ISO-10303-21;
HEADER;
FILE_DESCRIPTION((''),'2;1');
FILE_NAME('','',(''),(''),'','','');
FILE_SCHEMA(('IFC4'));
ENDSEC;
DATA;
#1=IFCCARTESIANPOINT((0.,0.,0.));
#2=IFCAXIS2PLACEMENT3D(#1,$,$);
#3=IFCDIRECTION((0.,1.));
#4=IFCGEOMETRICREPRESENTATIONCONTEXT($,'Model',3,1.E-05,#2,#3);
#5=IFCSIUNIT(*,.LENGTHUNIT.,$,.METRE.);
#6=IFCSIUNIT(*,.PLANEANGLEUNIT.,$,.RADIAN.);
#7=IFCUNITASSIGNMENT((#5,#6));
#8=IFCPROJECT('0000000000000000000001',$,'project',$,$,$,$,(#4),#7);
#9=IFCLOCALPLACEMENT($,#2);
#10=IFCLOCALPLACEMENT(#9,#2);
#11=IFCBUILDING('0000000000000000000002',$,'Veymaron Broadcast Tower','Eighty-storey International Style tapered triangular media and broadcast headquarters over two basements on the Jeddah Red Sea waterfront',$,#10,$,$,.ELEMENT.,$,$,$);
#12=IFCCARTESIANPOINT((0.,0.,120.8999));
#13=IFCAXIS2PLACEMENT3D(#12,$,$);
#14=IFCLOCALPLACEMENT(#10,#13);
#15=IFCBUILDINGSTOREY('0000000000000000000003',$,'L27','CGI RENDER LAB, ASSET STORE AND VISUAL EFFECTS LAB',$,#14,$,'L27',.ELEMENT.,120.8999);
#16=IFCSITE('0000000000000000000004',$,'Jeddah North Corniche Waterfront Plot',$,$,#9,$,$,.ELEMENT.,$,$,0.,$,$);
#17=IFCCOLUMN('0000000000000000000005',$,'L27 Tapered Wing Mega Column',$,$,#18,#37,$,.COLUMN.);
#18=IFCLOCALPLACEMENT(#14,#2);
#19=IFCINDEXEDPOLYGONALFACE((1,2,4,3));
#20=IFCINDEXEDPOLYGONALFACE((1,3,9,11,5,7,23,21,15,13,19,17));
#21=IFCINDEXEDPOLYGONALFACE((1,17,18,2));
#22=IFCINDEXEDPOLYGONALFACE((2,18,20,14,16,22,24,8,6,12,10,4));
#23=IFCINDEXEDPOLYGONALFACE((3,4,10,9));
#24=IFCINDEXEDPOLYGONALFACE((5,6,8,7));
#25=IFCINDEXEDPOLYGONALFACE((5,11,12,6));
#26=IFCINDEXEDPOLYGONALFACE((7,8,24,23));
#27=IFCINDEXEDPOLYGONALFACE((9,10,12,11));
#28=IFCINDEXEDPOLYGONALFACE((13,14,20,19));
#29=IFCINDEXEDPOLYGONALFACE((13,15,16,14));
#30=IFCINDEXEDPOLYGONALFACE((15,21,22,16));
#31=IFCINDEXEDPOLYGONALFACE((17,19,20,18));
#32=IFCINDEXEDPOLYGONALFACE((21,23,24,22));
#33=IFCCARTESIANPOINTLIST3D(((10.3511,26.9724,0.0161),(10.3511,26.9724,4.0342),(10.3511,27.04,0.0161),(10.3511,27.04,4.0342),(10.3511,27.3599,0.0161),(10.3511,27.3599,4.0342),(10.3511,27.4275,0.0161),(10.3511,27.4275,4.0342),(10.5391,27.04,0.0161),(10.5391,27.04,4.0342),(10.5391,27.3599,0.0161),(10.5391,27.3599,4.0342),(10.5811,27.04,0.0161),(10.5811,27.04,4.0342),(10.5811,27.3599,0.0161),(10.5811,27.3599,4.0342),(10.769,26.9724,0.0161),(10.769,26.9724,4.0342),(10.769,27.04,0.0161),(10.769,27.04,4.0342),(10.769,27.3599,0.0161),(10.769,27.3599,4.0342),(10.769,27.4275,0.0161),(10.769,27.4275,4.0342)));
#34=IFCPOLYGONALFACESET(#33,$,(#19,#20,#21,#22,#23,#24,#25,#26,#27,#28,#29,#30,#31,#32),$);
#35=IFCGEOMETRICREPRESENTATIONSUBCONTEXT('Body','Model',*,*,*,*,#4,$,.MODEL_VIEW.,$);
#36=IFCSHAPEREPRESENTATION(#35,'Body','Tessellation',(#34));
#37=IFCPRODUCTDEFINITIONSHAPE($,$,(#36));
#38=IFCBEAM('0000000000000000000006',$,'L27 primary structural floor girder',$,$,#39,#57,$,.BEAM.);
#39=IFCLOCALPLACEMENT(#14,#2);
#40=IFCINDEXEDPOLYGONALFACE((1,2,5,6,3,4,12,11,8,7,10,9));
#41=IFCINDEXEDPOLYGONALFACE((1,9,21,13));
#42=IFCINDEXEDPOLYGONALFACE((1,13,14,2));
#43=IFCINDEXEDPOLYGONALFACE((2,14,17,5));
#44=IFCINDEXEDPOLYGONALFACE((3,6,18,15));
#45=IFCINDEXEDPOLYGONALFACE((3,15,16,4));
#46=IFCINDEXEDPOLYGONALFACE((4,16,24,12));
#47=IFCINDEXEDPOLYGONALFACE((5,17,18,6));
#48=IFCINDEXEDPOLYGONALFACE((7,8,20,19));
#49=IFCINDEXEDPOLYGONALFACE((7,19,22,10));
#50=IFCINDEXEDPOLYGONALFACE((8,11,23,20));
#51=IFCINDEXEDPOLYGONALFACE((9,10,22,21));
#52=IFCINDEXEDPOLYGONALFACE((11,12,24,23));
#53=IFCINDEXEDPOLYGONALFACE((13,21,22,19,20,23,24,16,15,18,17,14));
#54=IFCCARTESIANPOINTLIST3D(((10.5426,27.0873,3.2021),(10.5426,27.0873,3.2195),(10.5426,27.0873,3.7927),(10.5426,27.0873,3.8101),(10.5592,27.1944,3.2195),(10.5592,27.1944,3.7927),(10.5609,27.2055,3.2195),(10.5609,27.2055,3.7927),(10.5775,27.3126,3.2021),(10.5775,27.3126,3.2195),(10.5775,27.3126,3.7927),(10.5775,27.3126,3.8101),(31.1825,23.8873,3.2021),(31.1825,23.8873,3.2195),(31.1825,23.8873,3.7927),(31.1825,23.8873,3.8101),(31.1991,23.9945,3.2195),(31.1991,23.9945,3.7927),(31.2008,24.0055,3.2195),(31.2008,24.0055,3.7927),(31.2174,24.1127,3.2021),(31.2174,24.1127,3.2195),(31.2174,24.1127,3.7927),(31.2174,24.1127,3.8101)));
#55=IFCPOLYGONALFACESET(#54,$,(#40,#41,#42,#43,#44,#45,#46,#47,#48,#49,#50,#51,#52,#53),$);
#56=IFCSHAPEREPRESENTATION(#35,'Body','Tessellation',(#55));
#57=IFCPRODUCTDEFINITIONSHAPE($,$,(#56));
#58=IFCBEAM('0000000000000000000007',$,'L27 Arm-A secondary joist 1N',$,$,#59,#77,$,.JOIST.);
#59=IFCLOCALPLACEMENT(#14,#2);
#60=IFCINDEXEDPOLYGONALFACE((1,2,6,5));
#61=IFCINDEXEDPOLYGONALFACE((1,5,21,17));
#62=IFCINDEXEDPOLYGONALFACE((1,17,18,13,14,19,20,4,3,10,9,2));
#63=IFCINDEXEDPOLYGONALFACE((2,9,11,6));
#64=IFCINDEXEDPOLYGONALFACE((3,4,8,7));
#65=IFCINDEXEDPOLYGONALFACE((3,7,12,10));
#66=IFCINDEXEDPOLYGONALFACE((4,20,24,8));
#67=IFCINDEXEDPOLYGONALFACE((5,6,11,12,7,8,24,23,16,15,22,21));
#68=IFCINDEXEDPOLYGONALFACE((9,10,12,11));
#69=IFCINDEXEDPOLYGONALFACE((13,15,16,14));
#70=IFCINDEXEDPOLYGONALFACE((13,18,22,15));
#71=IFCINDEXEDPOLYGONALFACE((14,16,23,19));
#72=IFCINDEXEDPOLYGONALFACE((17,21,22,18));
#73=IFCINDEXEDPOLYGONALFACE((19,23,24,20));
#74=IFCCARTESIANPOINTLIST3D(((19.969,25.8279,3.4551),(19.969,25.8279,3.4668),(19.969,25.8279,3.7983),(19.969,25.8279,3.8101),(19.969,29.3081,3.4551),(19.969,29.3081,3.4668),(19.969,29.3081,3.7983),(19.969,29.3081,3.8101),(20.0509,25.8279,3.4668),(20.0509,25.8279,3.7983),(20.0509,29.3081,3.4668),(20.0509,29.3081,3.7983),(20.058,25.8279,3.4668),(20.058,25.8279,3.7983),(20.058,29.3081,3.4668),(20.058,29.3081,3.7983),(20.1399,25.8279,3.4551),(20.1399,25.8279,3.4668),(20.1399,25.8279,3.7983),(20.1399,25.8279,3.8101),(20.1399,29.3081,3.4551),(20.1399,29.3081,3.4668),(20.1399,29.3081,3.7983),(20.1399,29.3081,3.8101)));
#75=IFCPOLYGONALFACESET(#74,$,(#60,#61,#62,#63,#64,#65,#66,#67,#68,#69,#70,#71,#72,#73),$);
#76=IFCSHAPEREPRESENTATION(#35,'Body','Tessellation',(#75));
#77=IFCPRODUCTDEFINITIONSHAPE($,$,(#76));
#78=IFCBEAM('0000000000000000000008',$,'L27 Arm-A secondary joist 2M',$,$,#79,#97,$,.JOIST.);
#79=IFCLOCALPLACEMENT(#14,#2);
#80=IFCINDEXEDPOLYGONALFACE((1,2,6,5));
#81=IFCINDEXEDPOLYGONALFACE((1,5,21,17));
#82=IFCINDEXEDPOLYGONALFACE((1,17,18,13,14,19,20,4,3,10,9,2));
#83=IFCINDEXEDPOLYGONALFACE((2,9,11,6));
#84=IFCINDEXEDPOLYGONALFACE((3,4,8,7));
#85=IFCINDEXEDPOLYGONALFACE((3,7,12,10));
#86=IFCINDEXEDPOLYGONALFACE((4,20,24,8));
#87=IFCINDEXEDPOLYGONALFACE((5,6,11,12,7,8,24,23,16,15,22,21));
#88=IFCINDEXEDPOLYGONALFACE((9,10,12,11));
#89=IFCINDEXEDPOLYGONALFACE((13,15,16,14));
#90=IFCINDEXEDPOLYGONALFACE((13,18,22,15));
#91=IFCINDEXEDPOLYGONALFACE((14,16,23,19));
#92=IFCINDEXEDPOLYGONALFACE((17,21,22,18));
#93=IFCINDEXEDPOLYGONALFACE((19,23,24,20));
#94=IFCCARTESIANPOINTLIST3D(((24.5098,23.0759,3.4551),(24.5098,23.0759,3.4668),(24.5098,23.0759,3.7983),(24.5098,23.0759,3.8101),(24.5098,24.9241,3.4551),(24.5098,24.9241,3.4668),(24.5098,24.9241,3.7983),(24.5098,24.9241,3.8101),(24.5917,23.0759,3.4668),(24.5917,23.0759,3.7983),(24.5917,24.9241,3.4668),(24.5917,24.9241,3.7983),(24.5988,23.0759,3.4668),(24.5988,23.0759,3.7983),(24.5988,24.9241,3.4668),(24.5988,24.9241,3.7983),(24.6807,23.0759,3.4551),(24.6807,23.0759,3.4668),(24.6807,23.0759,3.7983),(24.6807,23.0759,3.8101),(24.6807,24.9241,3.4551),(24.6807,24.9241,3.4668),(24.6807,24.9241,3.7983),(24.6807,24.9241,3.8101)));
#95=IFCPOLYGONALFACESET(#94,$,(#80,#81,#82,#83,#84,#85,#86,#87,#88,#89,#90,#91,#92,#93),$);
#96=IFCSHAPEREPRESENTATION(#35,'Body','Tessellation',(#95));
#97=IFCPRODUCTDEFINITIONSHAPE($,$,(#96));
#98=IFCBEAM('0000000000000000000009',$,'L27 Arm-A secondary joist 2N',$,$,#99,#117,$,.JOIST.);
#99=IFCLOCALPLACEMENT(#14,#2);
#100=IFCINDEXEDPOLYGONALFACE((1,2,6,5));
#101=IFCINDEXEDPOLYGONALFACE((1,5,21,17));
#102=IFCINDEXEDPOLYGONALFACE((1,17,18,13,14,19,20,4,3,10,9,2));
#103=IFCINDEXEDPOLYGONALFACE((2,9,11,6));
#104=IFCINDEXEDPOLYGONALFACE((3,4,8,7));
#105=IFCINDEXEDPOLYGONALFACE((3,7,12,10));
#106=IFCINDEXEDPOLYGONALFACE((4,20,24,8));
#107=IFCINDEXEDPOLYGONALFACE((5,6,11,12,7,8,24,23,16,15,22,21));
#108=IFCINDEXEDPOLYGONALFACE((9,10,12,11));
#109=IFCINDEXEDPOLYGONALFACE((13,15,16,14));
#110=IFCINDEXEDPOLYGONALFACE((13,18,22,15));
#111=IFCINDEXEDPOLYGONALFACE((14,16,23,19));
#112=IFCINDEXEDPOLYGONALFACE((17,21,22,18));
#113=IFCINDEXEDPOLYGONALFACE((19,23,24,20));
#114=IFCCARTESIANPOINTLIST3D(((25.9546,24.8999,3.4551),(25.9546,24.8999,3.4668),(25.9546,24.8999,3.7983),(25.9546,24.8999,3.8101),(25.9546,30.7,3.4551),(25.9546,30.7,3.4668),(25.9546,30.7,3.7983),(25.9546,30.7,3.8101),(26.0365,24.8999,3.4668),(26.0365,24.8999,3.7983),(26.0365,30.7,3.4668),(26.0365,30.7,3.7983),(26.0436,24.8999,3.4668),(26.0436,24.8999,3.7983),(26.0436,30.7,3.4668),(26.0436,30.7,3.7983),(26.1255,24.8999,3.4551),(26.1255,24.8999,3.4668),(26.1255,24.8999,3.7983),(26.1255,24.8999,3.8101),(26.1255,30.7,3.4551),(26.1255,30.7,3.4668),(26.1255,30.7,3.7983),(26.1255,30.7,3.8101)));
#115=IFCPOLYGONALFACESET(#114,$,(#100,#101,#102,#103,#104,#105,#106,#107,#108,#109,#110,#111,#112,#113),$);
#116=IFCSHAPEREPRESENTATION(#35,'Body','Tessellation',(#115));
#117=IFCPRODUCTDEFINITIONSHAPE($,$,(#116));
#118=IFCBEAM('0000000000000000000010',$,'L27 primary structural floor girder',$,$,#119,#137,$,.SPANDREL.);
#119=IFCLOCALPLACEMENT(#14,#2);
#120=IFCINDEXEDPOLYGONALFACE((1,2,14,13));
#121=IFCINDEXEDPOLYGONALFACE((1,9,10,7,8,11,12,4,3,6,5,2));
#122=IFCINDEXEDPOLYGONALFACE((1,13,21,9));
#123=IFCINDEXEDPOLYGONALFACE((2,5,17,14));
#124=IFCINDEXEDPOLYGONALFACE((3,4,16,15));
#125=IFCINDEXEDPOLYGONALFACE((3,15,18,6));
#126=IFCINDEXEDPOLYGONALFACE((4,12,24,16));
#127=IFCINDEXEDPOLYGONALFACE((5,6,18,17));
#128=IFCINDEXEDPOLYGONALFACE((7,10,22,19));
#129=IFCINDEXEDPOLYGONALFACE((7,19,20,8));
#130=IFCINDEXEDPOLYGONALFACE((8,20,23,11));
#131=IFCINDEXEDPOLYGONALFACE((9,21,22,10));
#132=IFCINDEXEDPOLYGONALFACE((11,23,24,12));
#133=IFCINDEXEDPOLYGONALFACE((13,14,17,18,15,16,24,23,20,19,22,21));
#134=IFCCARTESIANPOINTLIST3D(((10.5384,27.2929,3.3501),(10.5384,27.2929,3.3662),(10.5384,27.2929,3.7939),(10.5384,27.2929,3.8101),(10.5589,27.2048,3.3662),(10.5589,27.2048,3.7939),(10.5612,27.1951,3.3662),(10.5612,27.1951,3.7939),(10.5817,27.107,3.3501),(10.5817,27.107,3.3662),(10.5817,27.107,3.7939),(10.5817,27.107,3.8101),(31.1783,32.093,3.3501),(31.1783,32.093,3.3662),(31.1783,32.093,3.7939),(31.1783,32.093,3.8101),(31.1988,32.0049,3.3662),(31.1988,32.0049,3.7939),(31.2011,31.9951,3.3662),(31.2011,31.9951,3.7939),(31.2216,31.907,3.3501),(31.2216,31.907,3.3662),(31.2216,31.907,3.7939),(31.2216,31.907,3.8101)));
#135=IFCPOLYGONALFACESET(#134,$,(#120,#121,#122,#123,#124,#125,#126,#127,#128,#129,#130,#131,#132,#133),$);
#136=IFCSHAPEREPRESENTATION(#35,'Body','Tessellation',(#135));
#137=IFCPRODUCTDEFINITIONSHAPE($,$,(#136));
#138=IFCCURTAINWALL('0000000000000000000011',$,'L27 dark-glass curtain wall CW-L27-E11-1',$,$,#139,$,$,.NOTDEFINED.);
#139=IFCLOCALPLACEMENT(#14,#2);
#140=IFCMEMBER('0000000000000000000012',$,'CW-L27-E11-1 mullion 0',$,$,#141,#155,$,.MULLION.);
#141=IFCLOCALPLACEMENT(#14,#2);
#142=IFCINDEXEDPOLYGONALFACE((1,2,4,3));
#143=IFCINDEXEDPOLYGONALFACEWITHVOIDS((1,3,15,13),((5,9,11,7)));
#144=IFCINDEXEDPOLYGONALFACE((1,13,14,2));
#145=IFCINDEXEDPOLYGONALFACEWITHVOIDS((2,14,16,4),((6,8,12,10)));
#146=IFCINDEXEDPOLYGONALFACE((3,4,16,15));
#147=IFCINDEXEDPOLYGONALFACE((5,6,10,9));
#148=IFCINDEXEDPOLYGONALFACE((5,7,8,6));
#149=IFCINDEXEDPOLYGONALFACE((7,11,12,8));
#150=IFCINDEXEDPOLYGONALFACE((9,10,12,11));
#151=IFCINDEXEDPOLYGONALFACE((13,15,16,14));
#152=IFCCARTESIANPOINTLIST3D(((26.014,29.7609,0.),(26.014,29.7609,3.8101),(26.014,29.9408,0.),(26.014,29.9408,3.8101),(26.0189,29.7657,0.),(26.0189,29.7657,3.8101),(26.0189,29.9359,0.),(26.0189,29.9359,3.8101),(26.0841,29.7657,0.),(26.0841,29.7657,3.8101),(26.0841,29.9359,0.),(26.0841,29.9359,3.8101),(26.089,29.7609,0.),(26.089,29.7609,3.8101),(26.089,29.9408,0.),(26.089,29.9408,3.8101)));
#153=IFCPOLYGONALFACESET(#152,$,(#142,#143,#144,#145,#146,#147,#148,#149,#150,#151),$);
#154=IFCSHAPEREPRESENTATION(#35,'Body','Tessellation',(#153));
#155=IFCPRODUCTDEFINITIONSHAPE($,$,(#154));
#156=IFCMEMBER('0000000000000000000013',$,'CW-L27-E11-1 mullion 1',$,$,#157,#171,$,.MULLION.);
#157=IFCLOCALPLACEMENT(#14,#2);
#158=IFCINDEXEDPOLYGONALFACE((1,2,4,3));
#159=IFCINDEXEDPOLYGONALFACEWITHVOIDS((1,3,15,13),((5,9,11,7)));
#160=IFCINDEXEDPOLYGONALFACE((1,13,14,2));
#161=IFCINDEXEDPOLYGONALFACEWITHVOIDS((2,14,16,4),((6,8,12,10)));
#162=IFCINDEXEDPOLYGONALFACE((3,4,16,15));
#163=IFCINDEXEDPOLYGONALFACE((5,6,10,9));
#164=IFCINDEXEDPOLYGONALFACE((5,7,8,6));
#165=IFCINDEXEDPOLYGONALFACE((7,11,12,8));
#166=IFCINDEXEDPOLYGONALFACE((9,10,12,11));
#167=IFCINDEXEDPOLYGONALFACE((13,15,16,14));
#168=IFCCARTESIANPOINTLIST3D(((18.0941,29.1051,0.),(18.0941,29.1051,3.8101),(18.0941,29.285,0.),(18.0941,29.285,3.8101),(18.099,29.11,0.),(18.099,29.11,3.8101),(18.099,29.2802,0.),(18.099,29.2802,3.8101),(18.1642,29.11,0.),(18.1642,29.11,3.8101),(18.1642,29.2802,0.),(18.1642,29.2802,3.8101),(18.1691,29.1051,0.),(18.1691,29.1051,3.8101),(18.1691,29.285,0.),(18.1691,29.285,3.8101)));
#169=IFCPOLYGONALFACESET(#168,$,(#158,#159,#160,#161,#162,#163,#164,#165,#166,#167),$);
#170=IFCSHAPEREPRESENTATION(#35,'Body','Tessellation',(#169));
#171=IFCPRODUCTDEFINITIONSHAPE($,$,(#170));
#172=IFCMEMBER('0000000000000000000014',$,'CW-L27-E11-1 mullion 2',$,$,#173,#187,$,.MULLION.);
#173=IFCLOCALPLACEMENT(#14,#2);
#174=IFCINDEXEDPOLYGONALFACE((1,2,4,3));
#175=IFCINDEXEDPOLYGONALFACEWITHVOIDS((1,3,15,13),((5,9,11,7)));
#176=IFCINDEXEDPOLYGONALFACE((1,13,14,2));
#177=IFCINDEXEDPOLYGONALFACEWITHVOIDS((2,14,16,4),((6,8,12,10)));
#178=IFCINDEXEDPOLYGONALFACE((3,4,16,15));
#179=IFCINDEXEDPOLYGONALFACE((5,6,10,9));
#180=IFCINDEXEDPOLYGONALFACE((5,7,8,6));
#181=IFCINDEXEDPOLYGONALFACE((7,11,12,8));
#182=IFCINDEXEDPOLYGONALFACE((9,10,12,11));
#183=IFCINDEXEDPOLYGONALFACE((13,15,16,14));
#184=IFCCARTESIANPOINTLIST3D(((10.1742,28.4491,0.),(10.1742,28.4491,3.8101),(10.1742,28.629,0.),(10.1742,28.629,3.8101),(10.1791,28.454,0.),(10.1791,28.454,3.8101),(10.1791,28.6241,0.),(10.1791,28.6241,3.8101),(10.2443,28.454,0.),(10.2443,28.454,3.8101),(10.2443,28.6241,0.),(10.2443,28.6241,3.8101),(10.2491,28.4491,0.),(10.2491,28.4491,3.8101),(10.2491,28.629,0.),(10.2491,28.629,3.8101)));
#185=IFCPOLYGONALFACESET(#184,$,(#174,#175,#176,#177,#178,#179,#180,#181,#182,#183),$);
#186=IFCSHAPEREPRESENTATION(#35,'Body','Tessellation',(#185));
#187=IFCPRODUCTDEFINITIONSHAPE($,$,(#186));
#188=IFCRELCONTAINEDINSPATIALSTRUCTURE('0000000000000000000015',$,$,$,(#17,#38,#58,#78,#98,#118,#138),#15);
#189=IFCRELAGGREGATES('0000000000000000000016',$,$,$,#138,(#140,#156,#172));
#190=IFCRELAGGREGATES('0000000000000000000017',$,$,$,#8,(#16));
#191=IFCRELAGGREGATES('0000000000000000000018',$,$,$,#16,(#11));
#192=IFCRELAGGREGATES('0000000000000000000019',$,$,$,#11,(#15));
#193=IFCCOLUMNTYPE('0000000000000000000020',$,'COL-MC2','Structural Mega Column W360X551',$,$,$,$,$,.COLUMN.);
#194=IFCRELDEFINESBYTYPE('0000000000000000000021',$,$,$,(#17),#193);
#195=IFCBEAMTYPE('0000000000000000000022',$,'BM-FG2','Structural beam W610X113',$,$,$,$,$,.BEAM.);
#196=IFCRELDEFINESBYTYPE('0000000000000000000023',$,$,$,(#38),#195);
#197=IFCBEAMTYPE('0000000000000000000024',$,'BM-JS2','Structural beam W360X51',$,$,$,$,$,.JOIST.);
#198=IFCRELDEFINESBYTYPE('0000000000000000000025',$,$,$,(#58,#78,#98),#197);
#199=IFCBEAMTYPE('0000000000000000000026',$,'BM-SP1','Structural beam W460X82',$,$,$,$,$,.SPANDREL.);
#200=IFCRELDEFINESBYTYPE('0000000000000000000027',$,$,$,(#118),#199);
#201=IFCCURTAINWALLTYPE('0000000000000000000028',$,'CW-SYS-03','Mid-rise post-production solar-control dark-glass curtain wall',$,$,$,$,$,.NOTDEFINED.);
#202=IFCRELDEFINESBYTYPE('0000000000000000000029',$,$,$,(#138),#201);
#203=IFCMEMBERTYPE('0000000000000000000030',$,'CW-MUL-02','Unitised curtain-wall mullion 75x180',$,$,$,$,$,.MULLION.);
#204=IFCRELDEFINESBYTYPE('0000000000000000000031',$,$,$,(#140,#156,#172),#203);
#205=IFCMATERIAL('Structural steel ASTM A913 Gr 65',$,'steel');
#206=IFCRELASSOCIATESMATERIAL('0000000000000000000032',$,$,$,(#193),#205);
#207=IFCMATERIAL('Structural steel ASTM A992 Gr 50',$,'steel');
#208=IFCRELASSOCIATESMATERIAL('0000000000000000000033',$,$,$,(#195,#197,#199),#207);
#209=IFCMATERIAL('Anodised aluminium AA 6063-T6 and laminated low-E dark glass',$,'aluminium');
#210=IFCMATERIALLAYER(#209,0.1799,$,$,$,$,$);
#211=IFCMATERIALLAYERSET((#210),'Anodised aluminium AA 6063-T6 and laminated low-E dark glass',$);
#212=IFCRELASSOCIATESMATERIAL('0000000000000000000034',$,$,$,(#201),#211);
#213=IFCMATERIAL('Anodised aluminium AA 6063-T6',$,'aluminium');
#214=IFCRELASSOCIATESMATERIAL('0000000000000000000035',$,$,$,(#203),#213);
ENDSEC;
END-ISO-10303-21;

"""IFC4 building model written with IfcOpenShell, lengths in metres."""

from ifc_helpers import new_model, si_unit, direction, frame, origin, origin_2d, place, context, subcontext, project, spatial, hollow_rectangle, i_section, extrude, material, layer, layer_set, material_profile, profile_set, type_object, element, aggregate, save


model = new_model("IFC4")

# Units and contexts
model_context = context("Model", 3, precision=1e-05, world=origin(), true_north=direction((0.0, 1.0)))
body_context = subcontext(model_context, "Body", "Model", "MODEL_VIEW")
ifc_project = project(units=[si_unit("LENGTHUNIT", "METRE"), si_unit("PLANEANGLEUNIT", "RADIAN")], contexts=[model_context])

# Site, building, storey
site_placement = place(None, origin())
site = spatial("IfcSite", under=ifc_project, at=site_placement, Name="Jeddah North Corniche Waterfront Plot", CompositionType="ELEMENT", RefElevation=0.0)
building_placement = place(site_placement, origin())
building = spatial("IfcBuilding", under=site, at=building_placement, Name="Veymaron Broadcast Tower", Description="Eighty-storey International Style tapered triangular media and broadcast headquarters over two basements on the Jeddah Red Sea waterfront", CompositionType="ELEMENT")
storey_placement = place(building_placement, frame((0.0, 0.0, 120.8999)))
storey = spatial("IfcBuildingStorey", under=building, at=storey_placement, Name="L27", Description="CGI RENDER LAB, ASSET STORE AND VISUAL EFFECTS LAB", LongName="L27", CompositionType="ELEMENT", Elevation=120.8999)

# Column
ifc_material_1 = material(Name="Structural steel ASTM A913 Gr 65", Category="steel")
ifc_material_profile_1 = material_profile(ifc_material_1, i_section(OverallWidth=0.418, OverallDepth=0.4551, WebThickness=0.042, FlangeThickness=0.0676, at=origin_2d()), Name="W360X551")
ifc_profile_set_1 = profile_set([ifc_material_profile_1], Name="Structural steel ASTM A913 Gr 65")
column_type = type_object("IfcColumnType", Name="COL-MC2", Description="Structural Mega Column W360X551", PredefinedType="COLUMN", material=ifc_profile_set_1)
column_placement = place(storey_placement, frame((10.5601, 27.2, 0.0161), z_axis=(0.0, 0.0, 1.0), x_axis=(1.0, 0.0, 0.0)))
element("IfcColumn", 1, at=column_placement, inside=storey, type_object=column_type, Name="L27 Tapered Wing Mega Column", PredefinedType="COLUMN", context=body_context, shape_type="SweptSolid", body=[
    extrude(i_section(OverallWidth=0.418, OverallDepth=0.4551, WebThickness=0.042, FlangeThickness=0.0676, at=origin_2d()), origin(), (0.0, 0.0, 1.0), 4.0181),
])

# Beams
ifc_material_2 = material(Name="Structural steel ASTM A992 Gr 50", Category="steel")
ifc_material_profile_2 = material_profile(ifc_material_2, i_section(OverallWidth=0.228, OverallDepth=0.6079, WebThickness=0.0112, FlangeThickness=0.0173, at=origin_2d()), Name="W610X113")
ifc_profile_set_2 = profile_set([ifc_material_profile_2], Name="Structural steel ASTM A992 Gr 50")
beam_type_1 = type_object("IfcBeamType", Name="BM-FG2", Description="Structural beam W610X113", PredefinedType="BEAM", material=ifc_profile_set_2)
beam_1_placement = place(storey_placement, frame((10.5601, 27.2, 3.5061), z_axis=(0.988194, -0.153207, 0.0), x_axis=(0.153207, 0.988194, 0.0)))
element("IfcBeam", 2, at=beam_1_placement, inside=storey, type_object=beam_type_1, Name="L27 primary structural floor girder", PredefinedType="BEAM", context=body_context, shape_type="SweptSolid", body=[
    extrude(i_section(OverallWidth=0.228, OverallDepth=0.6079, WebThickness=0.0112, FlangeThickness=0.0173, at=origin_2d()), origin(), (0.0, 0.0, 1.0), 20.8865),
])
ifc_material_profile_3 = material_profile(ifc_material_2, i_section(OverallWidth=0.1709, OverallDepth=0.355, WebThickness=0.0071, FlangeThickness=0.0117, at=origin_2d()), Name="W360X51")
ifc_profile_set_3 = profile_set([ifc_material_profile_3], Name="Structural steel ASTM A992 Gr 50")
beam_type_2 = type_object("IfcBeamType", Name="BM-JS2", Description="Structural beam W360X51", PredefinedType="JOIST", material=ifc_profile_set_3)
beam_2_placement = place(storey_placement, frame((20.0544, 25.8279, 3.6326), z_axis=(0.0, 1.0, 0.0), x_axis=(-1.0, 0.0, 0.0)))
element("IfcBeam", 3, at=beam_2_placement, inside=storey, type_object=beam_type_2, Name="L27 Arm-A secondary joist 1N", PredefinedType="JOIST", context=body_context, shape_type="SweptSolid", body=[
    extrude(i_section(OverallWidth=0.1709, OverallDepth=0.355, WebThickness=0.0071, FlangeThickness=0.0117, at=origin_2d()), origin(), (0.0, 0.0, 1.0), 3.4802),
])
beam_3_placement = place(storey_placement, frame((24.5952, 23.0759, 3.6326), z_axis=(0.0, 1.0, 0.0), x_axis=(-1.0, 0.0, 0.0)))
element("IfcBeam", 4, at=beam_3_placement, inside=storey, type_object=beam_type_2, Name="L27 Arm-A secondary joist 2M", PredefinedType="JOIST", context=body_context, shape_type="SweptSolid", body=[
    extrude(i_section(OverallWidth=0.1709, OverallDepth=0.355, WebThickness=0.0071, FlangeThickness=0.0117, at=origin_2d()), origin(), (0.0, 0.0, 1.0), 1.8481),
])
beam_4_placement = place(storey_placement, frame((26.04, 24.8999, 3.6326), z_axis=(0.0, 1.0, 0.0), x_axis=(-1.0, 0.0, 0.0)))
element("IfcBeam", 5, at=beam_4_placement, inside=storey, type_object=beam_type_2, Name="L27 Arm-A secondary joist 2N", PredefinedType="JOIST", context=body_context, shape_type="SweptSolid", body=[
    extrude(i_section(OverallWidth=0.1709, OverallDepth=0.355, WebThickness=0.0071, FlangeThickness=0.0117, at=origin_2d()), origin(), (0.0, 0.0, 1.0), 5.8),
])
ifc_material_profile_4 = material_profile(ifc_material_2, i_section(OverallWidth=0.1909, OverallDepth=0.46, WebThickness=0.01, FlangeThickness=0.0161, at=origin_2d()), Name="W460X82")
ifc_profile_set_4 = profile_set([ifc_material_profile_4], Name="Structural steel ASTM A992 Gr 50")
beam_type_3 = type_object("IfcBeamType", Name="BM-SP1", Description="Structural beam W460X82", PredefinedType="SPANDREL", material=ifc_profile_set_4)
beam_5_placement = place(storey_placement, frame((10.5601, 27.2, 3.5801), z_axis=(0.974007, 0.226517, 0.0), x_axis=(-0.226517, 0.974007, 0.0)))
element("IfcBeam", 6, at=beam_5_placement, inside=storey, type_object=beam_type_3, Name="L27 primary structural floor girder", PredefinedType="SPANDREL", context=body_context, shape_type="SweptSolid", body=[
    extrude(i_section(OverallWidth=0.1909, OverallDepth=0.46, WebThickness=0.01, FlangeThickness=0.0161, at=origin_2d()), origin(), (0.0, 0.0, 1.0), 21.1907),
])

# Curtain wall, members
ifc_material_3 = material(Name="Anodised aluminium AA 6063-T6 and laminated low-E dark glass", Category="aluminium")
ifc_layer_1 = layer(ifc_material_3, 0.1799)
ifc_layer_set_1 = layer_set([ifc_layer_1], Name="Anodised aluminium AA 6063-T6 and laminated low-E dark glass")
curtain_wall_type = type_object("IfcCurtainWallType", Name="CW-SYS-03", Description="Mid-rise post-production solar-control dark-glass curtain wall", PredefinedType="NOTDEFINED", material=ifc_layer_set_1)
curtain_wall_placement = place(storey_placement, origin())
curtain_wall = element("IfcCurtainWall", 7, at=curtain_wall_placement, inside=storey, type_object=curtain_wall_type, Name="L27 dark-glass curtain wall CW-L27-E11-1", PredefinedType="NOTDEFINED")
ifc_material_4 = material(Name="Anodised aluminium AA 6063-T6", Category="aluminium")
ifc_material_profile_5 = material_profile(ifc_material_4, hollow_rectangle(XDim=0.075, YDim=0.1799, WallThickness=0.0049, at=origin_2d()), Name="AL180X75X5")
ifc_profile_set_5 = profile_set([ifc_material_profile_5], Name="Anodised aluminium AA 6063-T6")
member_type_1 = type_object("IfcMemberType", Name="CW-MUL-02", Description="Unitised curtain-wall mullion 75x180", PredefinedType="MULLION", material=ifc_profile_set_5)
member_1_placement = place(storey_placement, frame((26.0515, 29.8508, 0.0), z_axis=(0.0, 0.0, 1.0), x_axis=(1.0, 0.0, 0.0)))
member_1 = element("IfcMember", 8, at=member_1_placement, type_object=member_type_1, Name="CW-L27-E11-1 mullion 0", PredefinedType="MULLION", context=body_context, shape_type="SweptSolid", body=[
    extrude(hollow_rectangle(XDim=0.075, YDim=0.1799, WallThickness=0.0049, at=origin_2d()), origin(), (0.0, 0.0, 1.0), 3.8101),
])
member_2_placement = place(storey_placement, frame((18.1316, 29.1951, 0.0), z_axis=(0.0, 0.0, 1.0), x_axis=(1.0, 0.0, 0.0)))
member_2 = element("IfcMember", 9, at=member_2_placement, type_object=member_type_1, Name="CW-L27-E11-1 mullion 1", PredefinedType="MULLION", context=body_context, shape_type="SweptSolid", body=[
    extrude(hollow_rectangle(XDim=0.075, YDim=0.1799, WallThickness=0.0049, at=origin_2d()), origin(), (0.0, 0.0, 1.0), 3.8101),
])
member_3_placement = place(storey_placement, frame((10.2117, 28.5391, 0.0), z_axis=(0.0, 0.0, 1.0), x_axis=(1.0, 0.0, 0.0)))
member_3 = element("IfcMember", 10, at=member_3_placement, type_object=member_type_1, Name="CW-L27-E11-1 mullion 2", PredefinedType="MULLION", context=body_context, shape_type="SweptSolid", body=[
    extrude(hollow_rectangle(XDim=0.075, YDim=0.1799, WallThickness=0.0049, at=origin_2d()), origin(), (0.0, 0.0, 1.0), 3.8101),
])
aggregate(curtain_wall, [member_1, member_2, member_3])

save(model, "model.ifc")
